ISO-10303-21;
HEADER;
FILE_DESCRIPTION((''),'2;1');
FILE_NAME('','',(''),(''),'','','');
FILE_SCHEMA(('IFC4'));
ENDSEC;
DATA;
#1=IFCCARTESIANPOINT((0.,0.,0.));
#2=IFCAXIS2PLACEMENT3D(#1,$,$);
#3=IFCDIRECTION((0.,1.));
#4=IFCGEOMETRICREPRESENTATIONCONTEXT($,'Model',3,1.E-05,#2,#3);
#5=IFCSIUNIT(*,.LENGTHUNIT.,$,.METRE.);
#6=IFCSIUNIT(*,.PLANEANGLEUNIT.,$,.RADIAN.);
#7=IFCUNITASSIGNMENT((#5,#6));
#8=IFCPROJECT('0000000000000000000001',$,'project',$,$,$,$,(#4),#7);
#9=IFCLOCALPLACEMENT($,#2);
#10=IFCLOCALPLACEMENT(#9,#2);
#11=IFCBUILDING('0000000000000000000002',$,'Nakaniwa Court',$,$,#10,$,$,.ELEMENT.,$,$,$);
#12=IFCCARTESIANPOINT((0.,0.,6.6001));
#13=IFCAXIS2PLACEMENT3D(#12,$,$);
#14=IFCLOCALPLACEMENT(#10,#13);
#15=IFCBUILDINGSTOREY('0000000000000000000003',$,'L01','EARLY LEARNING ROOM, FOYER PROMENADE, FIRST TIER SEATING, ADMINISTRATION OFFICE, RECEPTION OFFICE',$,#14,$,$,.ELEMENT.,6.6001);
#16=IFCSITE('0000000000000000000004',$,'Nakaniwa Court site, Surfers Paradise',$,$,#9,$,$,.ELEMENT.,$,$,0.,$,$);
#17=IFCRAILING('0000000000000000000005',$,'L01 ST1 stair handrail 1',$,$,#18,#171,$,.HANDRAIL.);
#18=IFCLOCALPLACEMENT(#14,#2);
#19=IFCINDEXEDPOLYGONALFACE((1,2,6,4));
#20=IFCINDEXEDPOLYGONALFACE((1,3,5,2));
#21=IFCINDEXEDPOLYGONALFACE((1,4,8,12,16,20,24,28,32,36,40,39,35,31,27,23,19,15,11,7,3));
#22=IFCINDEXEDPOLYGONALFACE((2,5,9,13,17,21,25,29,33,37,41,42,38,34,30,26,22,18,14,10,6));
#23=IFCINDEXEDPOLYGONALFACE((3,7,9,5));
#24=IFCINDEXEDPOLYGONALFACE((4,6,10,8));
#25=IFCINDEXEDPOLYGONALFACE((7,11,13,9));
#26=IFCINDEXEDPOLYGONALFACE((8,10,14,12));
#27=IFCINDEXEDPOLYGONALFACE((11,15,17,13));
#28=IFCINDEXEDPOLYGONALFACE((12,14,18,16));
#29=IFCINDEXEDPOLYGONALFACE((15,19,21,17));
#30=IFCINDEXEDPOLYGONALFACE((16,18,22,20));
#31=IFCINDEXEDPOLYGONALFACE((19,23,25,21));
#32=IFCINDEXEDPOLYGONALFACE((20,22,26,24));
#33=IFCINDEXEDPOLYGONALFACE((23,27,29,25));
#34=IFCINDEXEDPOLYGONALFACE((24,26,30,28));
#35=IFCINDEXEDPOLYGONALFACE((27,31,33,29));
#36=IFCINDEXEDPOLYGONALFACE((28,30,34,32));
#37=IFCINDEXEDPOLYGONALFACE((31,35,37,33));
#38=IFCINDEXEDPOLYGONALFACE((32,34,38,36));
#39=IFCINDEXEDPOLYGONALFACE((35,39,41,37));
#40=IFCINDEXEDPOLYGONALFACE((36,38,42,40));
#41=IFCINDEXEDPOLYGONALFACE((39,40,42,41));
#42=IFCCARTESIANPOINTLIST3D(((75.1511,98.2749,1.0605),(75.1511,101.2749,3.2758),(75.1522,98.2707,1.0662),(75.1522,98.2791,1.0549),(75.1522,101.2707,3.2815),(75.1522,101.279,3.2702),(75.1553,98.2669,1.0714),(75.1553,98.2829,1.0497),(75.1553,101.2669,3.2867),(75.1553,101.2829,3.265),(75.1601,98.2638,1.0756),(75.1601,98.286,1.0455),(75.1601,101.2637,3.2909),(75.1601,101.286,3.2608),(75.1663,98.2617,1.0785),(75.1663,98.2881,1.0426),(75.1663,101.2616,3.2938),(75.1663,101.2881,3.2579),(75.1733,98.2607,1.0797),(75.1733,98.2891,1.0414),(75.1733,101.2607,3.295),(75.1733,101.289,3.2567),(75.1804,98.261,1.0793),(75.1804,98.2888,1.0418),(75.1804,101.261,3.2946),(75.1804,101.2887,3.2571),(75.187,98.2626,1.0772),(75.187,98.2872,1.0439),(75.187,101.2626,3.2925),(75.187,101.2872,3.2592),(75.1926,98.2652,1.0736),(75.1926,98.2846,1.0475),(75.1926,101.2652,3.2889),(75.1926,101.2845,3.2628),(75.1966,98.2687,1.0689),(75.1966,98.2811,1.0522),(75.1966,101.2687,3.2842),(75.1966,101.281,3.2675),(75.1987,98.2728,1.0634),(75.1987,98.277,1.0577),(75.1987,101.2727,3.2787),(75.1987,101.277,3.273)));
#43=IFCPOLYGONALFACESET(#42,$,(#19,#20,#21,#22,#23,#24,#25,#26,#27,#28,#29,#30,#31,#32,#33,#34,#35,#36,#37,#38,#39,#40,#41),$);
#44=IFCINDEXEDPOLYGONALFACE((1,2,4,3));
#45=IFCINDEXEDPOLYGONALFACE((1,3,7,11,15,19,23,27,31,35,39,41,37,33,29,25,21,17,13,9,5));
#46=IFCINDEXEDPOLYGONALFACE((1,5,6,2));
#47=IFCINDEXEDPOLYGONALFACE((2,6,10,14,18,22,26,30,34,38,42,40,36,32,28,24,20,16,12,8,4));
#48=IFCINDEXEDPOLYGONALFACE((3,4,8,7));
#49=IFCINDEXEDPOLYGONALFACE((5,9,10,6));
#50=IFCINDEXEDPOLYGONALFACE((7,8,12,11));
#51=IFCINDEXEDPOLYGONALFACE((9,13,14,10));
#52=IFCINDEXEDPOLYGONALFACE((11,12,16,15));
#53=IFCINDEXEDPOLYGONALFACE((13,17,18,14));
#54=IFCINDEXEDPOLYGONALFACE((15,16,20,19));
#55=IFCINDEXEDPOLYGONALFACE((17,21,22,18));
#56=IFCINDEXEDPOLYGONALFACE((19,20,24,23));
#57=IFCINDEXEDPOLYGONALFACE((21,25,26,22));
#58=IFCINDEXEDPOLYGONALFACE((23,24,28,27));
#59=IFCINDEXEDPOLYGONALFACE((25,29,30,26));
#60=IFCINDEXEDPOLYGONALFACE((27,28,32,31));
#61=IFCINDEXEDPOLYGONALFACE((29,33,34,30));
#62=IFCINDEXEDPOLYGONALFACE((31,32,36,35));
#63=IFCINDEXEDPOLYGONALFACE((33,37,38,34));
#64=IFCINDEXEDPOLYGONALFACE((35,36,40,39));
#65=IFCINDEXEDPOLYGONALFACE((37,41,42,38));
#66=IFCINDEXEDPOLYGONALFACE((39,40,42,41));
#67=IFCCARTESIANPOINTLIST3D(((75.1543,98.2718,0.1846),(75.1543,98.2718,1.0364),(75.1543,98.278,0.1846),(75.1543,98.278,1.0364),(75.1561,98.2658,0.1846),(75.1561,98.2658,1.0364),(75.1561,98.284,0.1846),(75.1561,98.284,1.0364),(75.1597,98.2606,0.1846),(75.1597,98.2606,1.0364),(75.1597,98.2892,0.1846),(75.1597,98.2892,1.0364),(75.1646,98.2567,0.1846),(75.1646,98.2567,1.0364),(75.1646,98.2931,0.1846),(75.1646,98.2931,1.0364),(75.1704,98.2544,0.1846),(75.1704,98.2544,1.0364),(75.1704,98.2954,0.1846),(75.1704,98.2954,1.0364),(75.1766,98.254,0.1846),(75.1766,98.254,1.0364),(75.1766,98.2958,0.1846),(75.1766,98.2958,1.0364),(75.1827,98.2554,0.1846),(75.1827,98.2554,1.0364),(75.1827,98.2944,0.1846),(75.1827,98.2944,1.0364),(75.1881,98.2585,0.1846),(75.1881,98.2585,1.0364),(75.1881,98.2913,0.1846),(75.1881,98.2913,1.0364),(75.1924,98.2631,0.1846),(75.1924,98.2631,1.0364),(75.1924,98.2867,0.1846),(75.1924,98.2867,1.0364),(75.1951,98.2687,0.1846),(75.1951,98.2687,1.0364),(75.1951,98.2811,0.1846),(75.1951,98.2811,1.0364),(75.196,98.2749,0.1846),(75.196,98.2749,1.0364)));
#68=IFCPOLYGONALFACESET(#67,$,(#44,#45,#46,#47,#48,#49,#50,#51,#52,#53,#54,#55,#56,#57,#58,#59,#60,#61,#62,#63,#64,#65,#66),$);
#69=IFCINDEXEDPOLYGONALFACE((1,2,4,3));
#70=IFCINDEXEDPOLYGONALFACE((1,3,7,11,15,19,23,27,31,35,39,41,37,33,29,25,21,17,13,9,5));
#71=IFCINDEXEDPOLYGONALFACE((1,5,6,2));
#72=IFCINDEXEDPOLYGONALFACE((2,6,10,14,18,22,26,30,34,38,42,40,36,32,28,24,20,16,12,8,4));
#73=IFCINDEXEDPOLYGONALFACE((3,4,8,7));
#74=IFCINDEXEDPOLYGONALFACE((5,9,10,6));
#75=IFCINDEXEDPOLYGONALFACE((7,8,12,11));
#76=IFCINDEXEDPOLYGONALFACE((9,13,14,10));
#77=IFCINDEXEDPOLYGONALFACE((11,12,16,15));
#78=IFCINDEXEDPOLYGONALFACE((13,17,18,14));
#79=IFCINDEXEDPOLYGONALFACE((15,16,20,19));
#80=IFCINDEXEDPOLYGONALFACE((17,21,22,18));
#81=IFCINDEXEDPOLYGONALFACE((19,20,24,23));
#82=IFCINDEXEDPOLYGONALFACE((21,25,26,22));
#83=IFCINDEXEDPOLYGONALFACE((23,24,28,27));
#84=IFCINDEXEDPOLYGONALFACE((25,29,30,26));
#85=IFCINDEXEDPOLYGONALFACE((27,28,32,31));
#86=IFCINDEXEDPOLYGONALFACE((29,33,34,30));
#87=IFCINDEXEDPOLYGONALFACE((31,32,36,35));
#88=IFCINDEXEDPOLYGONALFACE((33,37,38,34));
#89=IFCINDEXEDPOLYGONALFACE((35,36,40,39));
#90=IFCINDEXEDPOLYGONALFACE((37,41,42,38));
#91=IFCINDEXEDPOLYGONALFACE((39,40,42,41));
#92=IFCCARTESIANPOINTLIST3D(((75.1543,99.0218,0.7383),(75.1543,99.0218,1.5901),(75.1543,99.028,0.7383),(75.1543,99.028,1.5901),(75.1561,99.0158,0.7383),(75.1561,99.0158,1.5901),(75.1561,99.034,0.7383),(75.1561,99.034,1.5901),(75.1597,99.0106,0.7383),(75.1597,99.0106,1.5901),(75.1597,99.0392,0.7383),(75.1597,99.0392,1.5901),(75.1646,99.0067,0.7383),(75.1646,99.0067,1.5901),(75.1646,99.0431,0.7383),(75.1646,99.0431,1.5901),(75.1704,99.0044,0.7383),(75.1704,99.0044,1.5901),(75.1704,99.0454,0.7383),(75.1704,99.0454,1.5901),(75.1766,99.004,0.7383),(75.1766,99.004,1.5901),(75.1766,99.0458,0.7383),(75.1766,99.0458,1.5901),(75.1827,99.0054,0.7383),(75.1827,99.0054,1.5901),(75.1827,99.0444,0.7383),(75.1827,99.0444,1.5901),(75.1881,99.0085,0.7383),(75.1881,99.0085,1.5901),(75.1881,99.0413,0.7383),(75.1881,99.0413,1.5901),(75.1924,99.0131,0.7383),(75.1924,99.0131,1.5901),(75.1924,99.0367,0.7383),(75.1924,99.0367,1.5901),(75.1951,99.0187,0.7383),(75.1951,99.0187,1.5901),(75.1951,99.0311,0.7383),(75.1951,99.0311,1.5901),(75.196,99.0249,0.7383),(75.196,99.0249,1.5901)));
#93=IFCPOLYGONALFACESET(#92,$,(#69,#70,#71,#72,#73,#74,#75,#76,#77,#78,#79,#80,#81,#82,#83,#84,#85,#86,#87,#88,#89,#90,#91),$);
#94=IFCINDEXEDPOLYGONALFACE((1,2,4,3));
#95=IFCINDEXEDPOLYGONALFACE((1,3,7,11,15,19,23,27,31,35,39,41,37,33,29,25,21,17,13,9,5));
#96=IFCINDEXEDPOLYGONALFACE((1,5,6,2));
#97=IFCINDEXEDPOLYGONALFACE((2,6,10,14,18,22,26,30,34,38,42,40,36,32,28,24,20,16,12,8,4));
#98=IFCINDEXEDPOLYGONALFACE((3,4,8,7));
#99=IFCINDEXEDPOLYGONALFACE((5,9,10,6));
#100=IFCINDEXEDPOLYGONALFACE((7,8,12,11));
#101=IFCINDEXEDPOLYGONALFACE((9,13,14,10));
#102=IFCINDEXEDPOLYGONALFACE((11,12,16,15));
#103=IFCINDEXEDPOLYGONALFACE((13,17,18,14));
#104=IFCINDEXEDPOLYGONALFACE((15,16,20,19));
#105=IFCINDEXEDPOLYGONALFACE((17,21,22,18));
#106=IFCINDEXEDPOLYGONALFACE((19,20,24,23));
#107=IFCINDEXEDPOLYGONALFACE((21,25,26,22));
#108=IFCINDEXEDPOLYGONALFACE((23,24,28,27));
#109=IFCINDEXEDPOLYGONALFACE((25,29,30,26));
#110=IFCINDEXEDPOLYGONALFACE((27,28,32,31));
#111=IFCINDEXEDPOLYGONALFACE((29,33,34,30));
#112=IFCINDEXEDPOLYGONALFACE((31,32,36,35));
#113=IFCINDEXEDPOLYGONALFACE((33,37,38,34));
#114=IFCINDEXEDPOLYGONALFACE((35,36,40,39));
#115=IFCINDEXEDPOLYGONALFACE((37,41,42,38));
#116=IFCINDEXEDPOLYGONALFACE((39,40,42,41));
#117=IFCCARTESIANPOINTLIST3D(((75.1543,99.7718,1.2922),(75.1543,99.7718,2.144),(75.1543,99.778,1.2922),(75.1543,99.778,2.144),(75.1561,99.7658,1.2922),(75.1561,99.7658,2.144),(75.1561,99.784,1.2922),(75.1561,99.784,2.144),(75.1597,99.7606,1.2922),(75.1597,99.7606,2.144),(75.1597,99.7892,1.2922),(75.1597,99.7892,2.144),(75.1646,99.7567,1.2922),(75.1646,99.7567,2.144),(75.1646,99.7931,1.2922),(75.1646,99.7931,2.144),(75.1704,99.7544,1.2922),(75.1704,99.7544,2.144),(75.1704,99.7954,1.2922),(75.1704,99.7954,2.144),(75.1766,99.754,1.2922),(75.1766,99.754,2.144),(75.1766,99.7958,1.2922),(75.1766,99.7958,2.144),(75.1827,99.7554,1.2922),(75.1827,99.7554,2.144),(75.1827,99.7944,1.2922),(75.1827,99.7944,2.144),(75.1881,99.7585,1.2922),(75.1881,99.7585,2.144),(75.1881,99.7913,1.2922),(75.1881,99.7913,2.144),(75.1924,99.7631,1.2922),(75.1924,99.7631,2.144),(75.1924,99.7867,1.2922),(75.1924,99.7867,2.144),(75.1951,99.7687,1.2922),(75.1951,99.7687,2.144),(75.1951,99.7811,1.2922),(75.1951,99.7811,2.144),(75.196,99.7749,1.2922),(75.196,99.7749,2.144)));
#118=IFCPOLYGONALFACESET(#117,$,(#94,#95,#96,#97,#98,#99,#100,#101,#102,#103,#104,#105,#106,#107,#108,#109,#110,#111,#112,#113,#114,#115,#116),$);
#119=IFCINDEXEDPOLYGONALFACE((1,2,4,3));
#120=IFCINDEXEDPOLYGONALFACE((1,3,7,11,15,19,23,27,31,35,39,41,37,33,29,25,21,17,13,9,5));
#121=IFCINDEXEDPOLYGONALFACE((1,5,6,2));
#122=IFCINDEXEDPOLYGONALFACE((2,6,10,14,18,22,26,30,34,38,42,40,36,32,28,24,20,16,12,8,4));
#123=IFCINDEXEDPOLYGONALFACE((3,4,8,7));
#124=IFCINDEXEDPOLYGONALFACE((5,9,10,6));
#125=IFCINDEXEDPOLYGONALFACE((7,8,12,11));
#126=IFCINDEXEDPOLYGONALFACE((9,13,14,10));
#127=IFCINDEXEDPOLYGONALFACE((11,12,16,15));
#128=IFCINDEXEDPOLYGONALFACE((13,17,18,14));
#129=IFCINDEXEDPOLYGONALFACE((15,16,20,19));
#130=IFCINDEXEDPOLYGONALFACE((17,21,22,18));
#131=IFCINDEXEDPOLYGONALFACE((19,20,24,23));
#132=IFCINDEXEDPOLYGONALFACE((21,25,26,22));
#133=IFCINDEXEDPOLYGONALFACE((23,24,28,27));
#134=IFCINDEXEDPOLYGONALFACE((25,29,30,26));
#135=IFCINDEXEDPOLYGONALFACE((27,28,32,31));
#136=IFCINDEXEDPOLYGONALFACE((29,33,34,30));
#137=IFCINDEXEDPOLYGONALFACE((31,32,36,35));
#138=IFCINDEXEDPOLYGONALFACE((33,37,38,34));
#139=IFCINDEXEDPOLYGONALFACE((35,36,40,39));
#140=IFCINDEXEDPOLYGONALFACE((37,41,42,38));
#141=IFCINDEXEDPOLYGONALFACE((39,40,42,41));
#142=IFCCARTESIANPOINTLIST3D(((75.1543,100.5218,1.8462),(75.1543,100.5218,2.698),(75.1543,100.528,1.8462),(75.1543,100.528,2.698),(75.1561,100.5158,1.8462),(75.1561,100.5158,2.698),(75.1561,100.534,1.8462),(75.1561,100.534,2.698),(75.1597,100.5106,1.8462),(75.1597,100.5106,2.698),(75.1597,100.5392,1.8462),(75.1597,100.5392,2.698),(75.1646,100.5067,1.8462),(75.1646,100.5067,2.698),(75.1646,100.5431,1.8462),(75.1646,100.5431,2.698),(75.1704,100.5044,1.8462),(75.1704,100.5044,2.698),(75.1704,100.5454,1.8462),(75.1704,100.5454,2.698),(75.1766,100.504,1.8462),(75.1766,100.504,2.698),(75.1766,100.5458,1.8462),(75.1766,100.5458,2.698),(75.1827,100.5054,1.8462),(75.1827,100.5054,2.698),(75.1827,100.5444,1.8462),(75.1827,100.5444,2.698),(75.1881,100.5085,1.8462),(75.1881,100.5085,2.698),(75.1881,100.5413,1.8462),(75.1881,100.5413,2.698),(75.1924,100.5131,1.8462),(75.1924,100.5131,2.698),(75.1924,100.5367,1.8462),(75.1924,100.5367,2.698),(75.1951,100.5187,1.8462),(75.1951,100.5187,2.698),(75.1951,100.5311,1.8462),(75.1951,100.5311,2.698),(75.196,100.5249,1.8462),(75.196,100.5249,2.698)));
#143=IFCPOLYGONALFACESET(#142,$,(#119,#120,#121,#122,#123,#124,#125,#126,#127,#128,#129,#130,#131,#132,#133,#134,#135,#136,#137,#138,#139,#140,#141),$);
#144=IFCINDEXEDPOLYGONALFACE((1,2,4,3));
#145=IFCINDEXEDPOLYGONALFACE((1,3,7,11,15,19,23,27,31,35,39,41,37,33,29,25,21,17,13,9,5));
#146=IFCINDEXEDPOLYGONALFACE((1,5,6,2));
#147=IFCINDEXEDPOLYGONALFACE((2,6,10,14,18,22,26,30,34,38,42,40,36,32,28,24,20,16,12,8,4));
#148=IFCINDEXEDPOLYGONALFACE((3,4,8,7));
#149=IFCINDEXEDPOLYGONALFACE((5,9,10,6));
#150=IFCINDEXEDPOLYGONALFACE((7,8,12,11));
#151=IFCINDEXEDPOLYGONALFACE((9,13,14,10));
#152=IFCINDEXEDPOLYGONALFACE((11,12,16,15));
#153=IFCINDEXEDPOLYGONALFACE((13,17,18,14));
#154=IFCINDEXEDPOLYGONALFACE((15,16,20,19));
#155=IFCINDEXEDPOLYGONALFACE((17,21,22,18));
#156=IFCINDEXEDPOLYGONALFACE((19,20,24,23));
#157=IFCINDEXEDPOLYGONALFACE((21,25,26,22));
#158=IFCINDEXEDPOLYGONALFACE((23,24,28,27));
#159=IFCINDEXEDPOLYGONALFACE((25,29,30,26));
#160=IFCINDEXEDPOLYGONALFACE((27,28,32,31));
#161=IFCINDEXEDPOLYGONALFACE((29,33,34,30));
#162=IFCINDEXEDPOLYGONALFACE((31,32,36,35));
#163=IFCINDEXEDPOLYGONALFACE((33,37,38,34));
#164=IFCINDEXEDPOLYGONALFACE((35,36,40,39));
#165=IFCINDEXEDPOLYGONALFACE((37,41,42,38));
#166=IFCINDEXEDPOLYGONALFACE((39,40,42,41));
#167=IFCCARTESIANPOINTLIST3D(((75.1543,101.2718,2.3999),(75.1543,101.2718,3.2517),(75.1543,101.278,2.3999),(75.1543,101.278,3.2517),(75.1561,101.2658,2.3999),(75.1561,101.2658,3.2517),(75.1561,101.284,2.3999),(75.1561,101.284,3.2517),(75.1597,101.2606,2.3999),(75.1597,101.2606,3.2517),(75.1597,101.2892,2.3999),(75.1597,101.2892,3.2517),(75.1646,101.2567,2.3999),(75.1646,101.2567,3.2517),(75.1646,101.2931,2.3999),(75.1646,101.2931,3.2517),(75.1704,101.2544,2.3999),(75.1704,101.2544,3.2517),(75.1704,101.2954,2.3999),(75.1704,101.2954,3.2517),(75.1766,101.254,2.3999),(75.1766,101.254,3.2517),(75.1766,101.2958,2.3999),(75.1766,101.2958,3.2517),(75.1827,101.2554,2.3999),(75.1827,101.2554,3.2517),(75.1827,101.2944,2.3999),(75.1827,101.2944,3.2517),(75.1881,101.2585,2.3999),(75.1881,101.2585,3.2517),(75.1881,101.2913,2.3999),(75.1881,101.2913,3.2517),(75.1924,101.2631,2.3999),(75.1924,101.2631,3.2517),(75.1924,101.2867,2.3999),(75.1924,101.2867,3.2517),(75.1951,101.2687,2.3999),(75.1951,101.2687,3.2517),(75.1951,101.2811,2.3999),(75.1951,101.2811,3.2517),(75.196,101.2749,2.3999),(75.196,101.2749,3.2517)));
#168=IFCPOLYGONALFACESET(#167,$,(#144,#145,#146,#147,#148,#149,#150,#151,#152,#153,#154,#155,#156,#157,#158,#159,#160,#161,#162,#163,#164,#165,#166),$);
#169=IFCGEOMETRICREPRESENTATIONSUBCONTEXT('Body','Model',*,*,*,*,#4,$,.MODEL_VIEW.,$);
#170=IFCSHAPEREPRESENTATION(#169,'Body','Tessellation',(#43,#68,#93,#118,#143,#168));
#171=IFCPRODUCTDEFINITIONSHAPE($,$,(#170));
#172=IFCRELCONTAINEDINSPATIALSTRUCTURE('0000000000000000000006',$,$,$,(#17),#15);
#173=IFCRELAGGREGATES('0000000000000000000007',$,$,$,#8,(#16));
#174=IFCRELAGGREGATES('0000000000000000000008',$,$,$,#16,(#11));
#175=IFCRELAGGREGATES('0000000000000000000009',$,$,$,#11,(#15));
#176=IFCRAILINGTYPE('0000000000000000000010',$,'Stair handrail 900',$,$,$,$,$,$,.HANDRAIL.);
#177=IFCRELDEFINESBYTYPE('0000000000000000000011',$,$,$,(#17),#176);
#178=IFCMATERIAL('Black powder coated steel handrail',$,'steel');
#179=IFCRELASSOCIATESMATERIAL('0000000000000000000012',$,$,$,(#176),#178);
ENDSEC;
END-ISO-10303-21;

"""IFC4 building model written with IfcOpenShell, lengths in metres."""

from ifc_helpers import new_model, si_unit, direction, frame, origin, origin_2d, place, context, subcontext, project, spatial, circle, extrude, material, type_object, element, save


model = new_model("IFC4")

# Units and contexts
model_context = context("Model", 3, precision=1e-05, world=origin(), true_north=direction((0.0, 1.0)))
body_context = subcontext(model_context, "Body", "Model", "MODEL_VIEW")
ifc_project = project(units=[si_unit("LENGTHUNIT", "METRE"), si_unit("PLANEANGLEUNIT", "RADIAN")], contexts=[model_context])

# Site, building, storey
site_placement = place(None, origin())
site = spatial("IfcSite", under=ifc_project, at=site_placement, Name="Nakaniwa Court site, Surfers Paradise", CompositionType="ELEMENT", RefElevation=0.0)
building_placement = place(site_placement, origin())
building = spatial("IfcBuilding", under=site, at=building_placement, Name="Nakaniwa Court", CompositionType="ELEMENT")
storey_placement = place(building_placement, frame((0.0, 0.0, 6.6001)))
storey = spatial("IfcBuildingStorey", under=building, at=storey_placement, Name="L01", Description="EARLY LEARNING ROOM, FOYER PROMENADE, FIRST TIER SEATING, ADMINISTRATION OFFICE, RECEPTION OFFICE", CompositionType="ELEMENT", Elevation=6.6001)

# Railing
ifc_material_1 = material(Name="Black powder coated steel handrail", Category="steel")
railing_type_1 = type_object("IfcRailingType", Name="Stair handrail 900", PredefinedType="HANDRAIL", material=ifc_material_1)
railing_1_placement = place(storey_placement, frame((75.175, 98.2749, 0.1846)))
element("IfcRailing", 1, at=railing_1_placement, inside=storey, type_object=railing_type_1, Name="L01 ST1 stair handrail 1", PredefinedType="HANDRAIL", context=body_context, shape_type="SweptSolid", body=[
    extrude(circle(Radius=0.0239, at=origin_2d()), frame((0.0, 0.0, 0.876), z_axis=(0.0, 0.80444, 0.594034), x_axis=(-1.0, 0.0, 0.0)), (0.0, 0.0, 1.0), 3.7292),
    extrude(circle(Radius=0.021, at=origin_2d()), origin(), (0.0, 0.0, 1.0), 0.8518),
    extrude(circle(Radius=0.021, at=origin_2d()), frame((0.0, 0.75, 0.5537)), (0.0, 0.0, 1.0), 0.8518),
    extrude(circle(Radius=0.021, at=origin_2d()), frame((0.0, 1.5, 1.1077)), (0.0, 0.0, 1.0), 0.8518),
    extrude(circle(Radius=0.021, at=origin_2d()), frame((0.0, 2.25, 1.6616)), (0.0, 0.0, 1.0), 0.8518),
    extrude(circle(Radius=0.021, at=origin_2d()), frame((0.0, 3.0, 2.2153)), (0.0, 0.0, 1.0), 0.8518),
])

save(model, "model.ifc")
